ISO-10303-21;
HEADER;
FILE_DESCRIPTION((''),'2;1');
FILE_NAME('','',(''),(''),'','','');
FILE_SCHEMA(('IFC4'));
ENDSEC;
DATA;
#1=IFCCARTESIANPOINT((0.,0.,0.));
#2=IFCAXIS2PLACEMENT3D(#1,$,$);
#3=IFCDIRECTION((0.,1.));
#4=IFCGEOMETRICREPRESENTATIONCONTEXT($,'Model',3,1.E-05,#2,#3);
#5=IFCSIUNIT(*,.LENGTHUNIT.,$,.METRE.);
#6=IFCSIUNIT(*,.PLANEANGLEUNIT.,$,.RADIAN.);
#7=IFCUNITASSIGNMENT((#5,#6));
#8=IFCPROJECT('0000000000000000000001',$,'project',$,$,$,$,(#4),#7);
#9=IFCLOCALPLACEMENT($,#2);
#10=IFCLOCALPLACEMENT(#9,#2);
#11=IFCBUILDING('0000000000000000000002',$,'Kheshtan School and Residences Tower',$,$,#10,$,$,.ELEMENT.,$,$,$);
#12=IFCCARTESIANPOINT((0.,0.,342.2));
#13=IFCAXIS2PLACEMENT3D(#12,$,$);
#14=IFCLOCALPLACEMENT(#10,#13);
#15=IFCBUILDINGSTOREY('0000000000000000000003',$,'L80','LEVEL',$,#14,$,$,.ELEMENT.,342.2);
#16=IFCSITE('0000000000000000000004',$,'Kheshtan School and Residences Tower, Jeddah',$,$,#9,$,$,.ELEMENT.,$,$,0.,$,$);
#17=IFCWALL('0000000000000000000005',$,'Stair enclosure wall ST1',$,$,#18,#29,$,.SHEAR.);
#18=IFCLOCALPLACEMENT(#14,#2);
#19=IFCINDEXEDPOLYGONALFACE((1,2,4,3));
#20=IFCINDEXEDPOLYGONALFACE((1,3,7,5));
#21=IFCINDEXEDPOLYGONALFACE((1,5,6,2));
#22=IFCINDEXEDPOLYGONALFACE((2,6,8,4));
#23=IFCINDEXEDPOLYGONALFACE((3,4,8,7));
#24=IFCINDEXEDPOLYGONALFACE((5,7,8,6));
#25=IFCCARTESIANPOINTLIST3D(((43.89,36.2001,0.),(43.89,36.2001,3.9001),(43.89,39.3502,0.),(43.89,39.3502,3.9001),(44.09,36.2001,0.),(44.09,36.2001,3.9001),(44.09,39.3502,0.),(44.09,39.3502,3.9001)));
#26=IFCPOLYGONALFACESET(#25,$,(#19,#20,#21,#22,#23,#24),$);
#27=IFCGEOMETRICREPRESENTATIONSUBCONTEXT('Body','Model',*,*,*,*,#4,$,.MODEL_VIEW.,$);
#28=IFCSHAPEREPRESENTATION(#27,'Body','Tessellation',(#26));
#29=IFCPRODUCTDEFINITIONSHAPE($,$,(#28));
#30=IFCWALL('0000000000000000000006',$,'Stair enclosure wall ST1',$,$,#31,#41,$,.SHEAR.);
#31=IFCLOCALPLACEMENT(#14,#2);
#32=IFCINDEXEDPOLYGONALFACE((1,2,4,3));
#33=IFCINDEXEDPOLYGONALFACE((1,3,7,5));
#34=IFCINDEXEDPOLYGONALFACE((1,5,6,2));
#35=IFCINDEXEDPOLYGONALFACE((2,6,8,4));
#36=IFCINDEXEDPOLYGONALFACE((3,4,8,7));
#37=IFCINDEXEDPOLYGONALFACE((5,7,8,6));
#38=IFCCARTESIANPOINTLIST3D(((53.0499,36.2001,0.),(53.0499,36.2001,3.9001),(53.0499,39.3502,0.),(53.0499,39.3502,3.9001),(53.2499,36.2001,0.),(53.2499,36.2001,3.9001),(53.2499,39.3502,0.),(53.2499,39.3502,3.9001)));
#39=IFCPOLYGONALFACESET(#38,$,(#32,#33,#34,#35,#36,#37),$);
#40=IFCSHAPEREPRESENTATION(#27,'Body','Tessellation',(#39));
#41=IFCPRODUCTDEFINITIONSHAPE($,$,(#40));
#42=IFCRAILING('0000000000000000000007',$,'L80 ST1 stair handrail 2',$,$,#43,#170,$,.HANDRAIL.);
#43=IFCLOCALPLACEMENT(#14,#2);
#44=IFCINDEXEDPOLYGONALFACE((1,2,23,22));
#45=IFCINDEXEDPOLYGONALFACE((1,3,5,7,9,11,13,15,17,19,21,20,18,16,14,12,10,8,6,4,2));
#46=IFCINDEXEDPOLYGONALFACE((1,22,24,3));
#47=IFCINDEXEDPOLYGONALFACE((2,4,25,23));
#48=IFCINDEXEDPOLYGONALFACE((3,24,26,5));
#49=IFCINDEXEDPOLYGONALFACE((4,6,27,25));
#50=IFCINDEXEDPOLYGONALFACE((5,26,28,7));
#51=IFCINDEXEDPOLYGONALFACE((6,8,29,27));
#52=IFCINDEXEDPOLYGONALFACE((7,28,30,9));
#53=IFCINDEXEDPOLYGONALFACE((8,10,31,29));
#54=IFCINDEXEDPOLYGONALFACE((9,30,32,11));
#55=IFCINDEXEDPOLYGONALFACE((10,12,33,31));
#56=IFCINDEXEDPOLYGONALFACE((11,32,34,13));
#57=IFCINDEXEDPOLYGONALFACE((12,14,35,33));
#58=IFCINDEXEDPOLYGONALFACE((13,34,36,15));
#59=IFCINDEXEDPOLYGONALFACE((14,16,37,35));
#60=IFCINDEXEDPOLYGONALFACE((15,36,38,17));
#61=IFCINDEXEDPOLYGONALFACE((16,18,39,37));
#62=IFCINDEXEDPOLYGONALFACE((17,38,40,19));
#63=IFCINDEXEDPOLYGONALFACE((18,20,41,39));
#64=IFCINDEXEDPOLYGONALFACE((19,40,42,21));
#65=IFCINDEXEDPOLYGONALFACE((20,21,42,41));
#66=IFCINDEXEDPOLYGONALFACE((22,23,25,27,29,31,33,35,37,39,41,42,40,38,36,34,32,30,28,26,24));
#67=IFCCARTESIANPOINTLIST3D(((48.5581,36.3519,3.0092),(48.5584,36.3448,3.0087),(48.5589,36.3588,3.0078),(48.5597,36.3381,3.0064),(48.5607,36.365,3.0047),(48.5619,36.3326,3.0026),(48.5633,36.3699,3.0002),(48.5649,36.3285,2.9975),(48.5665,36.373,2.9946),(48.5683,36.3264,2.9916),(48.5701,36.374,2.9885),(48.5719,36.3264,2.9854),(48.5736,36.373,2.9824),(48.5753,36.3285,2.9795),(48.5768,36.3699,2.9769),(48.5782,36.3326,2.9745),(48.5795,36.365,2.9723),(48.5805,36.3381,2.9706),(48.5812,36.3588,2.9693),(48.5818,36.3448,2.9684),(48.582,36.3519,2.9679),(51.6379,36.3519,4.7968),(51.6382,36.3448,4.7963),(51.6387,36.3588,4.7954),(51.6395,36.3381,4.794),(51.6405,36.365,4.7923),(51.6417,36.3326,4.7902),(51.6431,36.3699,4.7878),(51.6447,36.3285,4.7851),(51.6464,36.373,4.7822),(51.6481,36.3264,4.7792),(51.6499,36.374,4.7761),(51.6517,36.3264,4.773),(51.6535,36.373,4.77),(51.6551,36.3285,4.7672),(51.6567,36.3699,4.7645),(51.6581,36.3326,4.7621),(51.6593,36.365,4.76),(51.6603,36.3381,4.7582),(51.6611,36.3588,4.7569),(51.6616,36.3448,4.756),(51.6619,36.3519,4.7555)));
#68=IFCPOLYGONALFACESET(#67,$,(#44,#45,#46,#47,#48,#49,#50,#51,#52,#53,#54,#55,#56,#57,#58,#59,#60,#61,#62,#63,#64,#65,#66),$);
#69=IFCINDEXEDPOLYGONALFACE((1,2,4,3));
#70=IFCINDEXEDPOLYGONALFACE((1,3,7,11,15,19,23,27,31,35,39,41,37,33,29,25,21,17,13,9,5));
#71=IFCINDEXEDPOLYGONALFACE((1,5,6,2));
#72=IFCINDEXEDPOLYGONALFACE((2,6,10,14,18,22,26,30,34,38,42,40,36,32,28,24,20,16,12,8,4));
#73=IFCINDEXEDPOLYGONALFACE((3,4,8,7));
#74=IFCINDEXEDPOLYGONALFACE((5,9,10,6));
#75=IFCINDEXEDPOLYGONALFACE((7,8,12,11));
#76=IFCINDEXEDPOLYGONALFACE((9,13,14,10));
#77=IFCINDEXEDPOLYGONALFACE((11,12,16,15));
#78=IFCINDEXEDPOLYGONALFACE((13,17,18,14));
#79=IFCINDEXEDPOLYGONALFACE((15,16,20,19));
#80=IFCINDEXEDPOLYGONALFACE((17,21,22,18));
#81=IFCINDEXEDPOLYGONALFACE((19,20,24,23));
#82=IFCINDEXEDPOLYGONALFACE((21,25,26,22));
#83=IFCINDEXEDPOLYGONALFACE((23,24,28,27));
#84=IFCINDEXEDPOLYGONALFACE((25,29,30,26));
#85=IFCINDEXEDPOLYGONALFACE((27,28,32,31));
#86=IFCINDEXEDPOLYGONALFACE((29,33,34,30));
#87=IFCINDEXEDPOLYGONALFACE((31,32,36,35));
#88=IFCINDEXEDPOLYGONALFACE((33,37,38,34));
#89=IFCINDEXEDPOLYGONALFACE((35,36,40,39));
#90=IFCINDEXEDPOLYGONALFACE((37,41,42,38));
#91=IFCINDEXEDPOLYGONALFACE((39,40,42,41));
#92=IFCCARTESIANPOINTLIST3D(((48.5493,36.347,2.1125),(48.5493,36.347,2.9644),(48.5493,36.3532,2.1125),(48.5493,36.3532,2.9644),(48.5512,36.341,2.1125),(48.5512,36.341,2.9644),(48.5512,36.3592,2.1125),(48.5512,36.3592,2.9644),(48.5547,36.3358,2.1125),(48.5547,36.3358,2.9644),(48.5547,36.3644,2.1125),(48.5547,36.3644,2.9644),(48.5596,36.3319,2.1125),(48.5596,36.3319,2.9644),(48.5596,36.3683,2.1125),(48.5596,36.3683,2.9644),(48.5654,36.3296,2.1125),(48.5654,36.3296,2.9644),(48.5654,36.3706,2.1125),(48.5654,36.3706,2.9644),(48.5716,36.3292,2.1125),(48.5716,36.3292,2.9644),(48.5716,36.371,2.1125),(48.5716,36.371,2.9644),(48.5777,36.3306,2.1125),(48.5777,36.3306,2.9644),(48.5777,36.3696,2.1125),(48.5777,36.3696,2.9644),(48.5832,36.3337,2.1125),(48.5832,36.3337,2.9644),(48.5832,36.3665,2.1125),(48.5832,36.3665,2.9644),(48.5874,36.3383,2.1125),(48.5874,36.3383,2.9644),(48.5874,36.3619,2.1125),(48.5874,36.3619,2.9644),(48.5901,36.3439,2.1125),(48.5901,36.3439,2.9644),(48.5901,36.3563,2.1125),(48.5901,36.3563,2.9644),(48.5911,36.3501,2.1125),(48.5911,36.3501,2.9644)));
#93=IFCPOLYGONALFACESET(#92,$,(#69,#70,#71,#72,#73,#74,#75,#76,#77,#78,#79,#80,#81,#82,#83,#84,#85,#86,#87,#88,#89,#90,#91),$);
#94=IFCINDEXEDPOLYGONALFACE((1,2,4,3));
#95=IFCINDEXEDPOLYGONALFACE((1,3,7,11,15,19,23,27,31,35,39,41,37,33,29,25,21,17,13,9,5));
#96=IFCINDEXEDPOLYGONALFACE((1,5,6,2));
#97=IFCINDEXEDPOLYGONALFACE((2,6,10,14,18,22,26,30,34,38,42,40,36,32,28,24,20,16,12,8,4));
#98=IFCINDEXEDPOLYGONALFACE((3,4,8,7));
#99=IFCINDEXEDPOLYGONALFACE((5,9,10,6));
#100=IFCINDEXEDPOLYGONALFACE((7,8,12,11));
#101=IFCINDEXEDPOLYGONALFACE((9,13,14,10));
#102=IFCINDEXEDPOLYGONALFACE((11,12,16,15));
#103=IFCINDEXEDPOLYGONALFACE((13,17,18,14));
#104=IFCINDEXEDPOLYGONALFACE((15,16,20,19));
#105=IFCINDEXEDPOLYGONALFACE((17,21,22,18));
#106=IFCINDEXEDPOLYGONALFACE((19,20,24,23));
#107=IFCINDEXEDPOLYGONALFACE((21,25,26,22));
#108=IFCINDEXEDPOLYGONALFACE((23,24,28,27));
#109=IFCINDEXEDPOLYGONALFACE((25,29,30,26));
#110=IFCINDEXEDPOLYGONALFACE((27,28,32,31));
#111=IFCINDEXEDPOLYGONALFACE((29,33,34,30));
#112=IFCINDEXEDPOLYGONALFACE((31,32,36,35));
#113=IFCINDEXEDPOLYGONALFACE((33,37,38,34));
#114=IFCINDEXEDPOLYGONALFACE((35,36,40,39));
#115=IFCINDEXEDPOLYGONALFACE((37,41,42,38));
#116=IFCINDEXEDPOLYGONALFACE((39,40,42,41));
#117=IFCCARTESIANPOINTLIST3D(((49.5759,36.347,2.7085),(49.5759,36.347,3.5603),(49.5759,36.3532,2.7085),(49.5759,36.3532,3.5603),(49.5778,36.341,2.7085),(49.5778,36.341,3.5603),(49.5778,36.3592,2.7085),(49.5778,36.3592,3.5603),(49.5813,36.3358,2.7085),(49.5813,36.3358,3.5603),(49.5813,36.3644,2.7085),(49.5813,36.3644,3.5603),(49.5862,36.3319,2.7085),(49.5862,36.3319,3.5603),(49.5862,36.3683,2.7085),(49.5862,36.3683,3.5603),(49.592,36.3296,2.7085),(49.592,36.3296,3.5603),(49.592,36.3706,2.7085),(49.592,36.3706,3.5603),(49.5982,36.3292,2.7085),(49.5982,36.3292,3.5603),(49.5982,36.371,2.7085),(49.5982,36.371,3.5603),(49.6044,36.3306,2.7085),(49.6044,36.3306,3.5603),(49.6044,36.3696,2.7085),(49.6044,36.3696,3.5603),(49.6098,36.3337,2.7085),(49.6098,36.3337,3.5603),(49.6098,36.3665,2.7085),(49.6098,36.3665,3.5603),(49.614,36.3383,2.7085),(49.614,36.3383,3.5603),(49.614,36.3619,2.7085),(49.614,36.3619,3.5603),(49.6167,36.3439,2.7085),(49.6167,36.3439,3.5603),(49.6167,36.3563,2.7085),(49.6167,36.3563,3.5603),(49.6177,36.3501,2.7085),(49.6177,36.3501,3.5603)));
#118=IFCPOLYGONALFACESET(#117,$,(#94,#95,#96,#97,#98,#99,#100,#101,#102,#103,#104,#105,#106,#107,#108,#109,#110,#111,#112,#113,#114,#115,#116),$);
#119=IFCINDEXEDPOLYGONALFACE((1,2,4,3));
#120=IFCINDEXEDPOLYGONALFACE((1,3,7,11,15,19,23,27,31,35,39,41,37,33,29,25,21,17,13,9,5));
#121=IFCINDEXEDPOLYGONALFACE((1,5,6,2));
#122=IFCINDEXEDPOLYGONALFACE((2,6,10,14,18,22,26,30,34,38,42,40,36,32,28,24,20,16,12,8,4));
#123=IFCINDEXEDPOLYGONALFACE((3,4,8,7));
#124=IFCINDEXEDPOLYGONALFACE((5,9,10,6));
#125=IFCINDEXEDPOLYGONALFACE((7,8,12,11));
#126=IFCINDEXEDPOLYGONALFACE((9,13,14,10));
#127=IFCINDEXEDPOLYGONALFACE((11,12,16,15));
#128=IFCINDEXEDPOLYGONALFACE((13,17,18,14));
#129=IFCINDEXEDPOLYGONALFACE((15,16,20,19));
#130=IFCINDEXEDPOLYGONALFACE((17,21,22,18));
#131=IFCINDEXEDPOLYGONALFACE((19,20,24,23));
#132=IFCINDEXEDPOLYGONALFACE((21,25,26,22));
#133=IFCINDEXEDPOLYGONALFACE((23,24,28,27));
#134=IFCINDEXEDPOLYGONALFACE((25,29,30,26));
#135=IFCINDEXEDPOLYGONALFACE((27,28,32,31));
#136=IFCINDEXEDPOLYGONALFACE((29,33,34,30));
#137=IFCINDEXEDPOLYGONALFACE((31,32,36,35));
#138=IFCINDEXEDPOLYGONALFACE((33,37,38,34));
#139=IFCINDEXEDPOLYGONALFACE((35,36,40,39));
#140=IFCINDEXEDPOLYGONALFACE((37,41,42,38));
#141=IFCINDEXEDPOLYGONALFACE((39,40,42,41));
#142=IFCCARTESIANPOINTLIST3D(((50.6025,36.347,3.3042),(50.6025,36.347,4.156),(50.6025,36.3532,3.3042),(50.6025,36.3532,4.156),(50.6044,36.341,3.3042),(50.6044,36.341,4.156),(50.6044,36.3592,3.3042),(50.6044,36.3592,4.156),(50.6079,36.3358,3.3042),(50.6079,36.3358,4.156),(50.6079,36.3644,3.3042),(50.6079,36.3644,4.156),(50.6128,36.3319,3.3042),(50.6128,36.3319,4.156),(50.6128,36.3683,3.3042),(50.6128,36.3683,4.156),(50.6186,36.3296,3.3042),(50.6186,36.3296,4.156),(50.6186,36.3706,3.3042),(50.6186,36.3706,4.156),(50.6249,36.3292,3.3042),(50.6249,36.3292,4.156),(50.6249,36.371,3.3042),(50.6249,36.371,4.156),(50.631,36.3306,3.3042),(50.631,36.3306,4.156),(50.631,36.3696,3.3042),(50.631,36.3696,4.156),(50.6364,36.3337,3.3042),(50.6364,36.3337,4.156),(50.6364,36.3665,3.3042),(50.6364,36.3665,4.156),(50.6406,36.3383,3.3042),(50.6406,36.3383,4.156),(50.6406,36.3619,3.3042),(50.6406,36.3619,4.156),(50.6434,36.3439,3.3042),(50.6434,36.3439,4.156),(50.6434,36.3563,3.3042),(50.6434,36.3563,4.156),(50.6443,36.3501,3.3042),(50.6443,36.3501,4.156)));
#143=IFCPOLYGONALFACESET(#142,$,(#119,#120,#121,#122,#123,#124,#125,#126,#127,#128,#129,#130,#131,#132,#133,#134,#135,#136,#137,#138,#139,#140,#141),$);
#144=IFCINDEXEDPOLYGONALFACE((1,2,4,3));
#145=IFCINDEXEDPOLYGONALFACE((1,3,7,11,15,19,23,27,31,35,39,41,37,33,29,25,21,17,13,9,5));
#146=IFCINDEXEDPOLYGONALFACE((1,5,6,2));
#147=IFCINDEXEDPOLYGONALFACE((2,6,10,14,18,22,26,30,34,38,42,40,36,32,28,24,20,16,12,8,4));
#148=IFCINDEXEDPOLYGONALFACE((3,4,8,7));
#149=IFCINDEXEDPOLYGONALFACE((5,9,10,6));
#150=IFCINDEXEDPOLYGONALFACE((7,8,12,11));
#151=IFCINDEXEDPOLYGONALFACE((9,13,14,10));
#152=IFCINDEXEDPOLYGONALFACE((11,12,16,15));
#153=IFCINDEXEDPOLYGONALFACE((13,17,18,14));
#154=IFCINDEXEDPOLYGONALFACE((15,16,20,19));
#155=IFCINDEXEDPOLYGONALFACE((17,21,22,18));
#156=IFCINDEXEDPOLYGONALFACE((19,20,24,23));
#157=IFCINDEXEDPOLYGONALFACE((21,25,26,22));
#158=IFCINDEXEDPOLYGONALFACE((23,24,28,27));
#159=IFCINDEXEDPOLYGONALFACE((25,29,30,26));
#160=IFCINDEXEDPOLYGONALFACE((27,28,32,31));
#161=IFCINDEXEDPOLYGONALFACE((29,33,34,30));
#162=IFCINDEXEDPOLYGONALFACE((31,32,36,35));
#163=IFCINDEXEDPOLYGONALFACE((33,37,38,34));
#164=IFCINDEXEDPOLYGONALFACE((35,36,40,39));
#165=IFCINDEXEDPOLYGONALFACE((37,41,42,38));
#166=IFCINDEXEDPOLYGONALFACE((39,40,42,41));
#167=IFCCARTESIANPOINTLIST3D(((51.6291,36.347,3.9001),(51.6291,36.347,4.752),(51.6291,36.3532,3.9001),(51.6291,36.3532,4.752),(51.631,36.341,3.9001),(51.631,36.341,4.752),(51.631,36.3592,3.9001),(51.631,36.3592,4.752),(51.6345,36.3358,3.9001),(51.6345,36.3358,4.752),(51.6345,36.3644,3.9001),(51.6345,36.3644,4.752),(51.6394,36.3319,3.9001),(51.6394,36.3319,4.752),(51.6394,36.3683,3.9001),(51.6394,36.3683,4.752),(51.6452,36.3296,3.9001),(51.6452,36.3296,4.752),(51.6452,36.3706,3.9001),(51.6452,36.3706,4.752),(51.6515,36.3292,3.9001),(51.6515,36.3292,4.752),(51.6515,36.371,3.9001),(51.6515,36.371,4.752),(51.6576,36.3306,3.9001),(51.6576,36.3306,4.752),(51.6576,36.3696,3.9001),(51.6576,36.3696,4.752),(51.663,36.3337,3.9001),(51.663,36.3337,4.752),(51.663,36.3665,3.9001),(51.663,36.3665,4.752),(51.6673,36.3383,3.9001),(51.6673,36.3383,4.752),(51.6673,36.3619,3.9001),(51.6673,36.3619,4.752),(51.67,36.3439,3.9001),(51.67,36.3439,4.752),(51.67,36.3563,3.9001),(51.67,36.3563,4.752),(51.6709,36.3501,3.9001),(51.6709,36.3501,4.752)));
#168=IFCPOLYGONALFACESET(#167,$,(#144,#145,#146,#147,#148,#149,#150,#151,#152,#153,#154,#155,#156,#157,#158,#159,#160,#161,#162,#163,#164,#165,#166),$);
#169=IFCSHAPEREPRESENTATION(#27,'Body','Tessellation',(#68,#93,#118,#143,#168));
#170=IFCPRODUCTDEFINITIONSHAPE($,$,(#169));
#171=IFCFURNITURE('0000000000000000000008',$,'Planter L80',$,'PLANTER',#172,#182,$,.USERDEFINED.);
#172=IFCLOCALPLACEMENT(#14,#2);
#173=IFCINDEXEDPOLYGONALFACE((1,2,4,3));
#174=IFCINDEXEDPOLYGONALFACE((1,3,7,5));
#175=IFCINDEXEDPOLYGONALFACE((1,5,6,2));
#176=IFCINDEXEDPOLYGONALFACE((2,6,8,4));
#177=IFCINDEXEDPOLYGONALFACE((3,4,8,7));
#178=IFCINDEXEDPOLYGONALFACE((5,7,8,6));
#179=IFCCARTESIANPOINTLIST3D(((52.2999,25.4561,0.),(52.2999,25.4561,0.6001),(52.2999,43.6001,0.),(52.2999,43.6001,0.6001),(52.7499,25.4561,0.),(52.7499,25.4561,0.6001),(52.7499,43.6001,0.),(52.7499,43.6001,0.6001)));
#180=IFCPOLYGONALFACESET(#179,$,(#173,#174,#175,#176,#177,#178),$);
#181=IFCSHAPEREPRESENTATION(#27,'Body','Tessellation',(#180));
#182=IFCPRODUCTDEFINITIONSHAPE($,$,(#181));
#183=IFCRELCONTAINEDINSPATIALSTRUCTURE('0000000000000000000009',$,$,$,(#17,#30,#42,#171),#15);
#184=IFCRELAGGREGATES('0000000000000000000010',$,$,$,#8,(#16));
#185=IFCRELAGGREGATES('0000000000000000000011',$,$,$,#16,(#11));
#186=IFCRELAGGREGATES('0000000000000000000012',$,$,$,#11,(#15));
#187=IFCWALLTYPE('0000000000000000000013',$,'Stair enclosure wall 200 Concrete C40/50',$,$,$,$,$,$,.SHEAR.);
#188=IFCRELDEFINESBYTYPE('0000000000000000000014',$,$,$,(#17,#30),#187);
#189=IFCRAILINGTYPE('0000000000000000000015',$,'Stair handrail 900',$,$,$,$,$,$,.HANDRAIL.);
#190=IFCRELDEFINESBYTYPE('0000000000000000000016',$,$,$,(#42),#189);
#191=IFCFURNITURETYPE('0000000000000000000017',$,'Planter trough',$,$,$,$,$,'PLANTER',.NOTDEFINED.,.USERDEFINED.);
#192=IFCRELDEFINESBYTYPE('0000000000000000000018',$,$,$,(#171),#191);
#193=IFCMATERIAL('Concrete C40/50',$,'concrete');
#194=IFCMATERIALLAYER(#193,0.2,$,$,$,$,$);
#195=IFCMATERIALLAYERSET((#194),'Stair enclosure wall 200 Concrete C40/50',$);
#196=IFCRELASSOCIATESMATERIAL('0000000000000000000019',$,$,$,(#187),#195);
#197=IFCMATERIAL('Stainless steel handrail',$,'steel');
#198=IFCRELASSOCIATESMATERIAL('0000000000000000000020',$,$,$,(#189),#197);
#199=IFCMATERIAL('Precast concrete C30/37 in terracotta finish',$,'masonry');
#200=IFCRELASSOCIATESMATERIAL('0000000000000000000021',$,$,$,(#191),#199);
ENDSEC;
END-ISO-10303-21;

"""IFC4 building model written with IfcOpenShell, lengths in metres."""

from ifc_helpers import new_model, si_unit, direction, frame, frame_2d, origin, origin_2d, place, context, subcontext, project, spatial, rectangle, circle, extrude, material, layer, layer_set, type_object, element, save


model = new_model("IFC4")

# Units and contexts
model_context = context("Model", 3, precision=1e-05, world=origin(), true_north=direction((0.0, 1.0)))
body_context = subcontext(model_context, "Body", "Model", "MODEL_VIEW")
ifc_project = project(units=[si_unit("LENGTHUNIT", "METRE"), si_unit("PLANEANGLEUNIT", "RADIAN")], contexts=[model_context])

# Site, building, storey
site_placement = place(None, origin())
site = spatial("IfcSite", under=ifc_project, at=site_placement, Name="Kheshtan School and Residences Tower, Jeddah", CompositionType="ELEMENT", RefElevation=0.0)
building_placement = place(site_placement, origin())
building = spatial("IfcBuilding", under=site, at=building_placement, Name="Kheshtan School and Residences Tower", CompositionType="ELEMENT")
storey_placement = place(building_placement, frame((0.0, 0.0, 342.2)))
storey = spatial("IfcBuildingStorey", under=building, at=storey_placement, Name="L80", Description="LEVEL", CompositionType="ELEMENT", Elevation=342.2)

# Walls
ifc_material_1 = material(Name="Concrete C40/50", Category="concrete")
ifc_layer_1 = layer(ifc_material_1, 0.2)
ifc_layer_set_1 = layer_set([ifc_layer_1], Name="Stair enclosure wall 200 Concrete C40/50")
wall_type_1 = type_object("IfcWallType", Name="Stair enclosure wall 200 Concrete C40/50", PredefinedType="SHEAR", material=ifc_layer_set_1)
for number, where, z_axis, x_axis, name in (
    (1, (43.99, 36.2, 0.0), (0.0, 0.0, 1.0), (0.0, 1.0, 0.0), "Stair enclosure wall ST1"),
    (2, (53.1499, 36.2, 0.0), (0.0, 0.0, 1.0), (0.0, 1.0, 0.0), "Stair enclosure wall ST1"),
):
    element("IfcWall", number, at=place(storey_placement, frame(where, z_axis=z_axis, x_axis=x_axis)), inside=storey, type_object=wall_type_1, Name=name, PredefinedType="SHEAR", context=body_context, shape_type="SweptSolid", body=[
        extrude(rectangle(XDim=3.1501, YDim=0.2, at=frame_2d((1.5752, 0.0))), origin(), (0.0, 0.0, 1.0), 3.9001),
    ])

# Railing
ifc_material_2 = material(Name="Stainless steel handrail", Category="steel")
railing_type = type_object("IfcRailingType", Name="Stair handrail 900", PredefinedType="HANDRAIL", material=ifc_material_2)
railing_placement = place(storey_placement, frame((48.5701, 36.3501, 2.1125)))
element("IfcRailing", 3, at=railing_placement, inside=storey, type_object=railing_type, Name="L80 ST1 stair handrail 2", PredefinedType="HANDRAIL", context=body_context, shape_type="SweptSolid", body=[
    extrude(circle(Radius=0.0239, at=origin_2d()), frame((0.0, 0.0, 0.876), z_axis=(0.864873, 0.0, 0.50199), x_axis=(0.0, 1.0, 0.0)), (0.0, 0.0, 1.0), 3.561),
    extrude(circle(Radius=0.021, at=origin_2d()), origin(), (0.0, 0.0, 1.0), 0.8518),
    extrude(circle(Radius=0.021, at=origin_2d()), frame((1.0266, 0.0, 0.5959)), (0.0, 0.0, 1.0), 0.8518),
    extrude(circle(Radius=0.021, at=origin_2d()), frame((2.0532, 0.0, 1.1917)), (0.0, 0.0, 1.0), 0.8518),
    extrude(circle(Radius=0.021, at=origin_2d()), frame((3.0798, 0.0, 1.7876)), (0.0, 0.0, 1.0), 0.8518),
])

# Furniture
ifc_material_3 = material(Name="Precast concrete C30/37 in terracotta finish", Category="masonry")
furniture_type = type_object("IfcFurnitureType", Name="Planter trough", ElementType="PLANTER", AssemblyPlace="NOTDEFINED", PredefinedType="USERDEFINED", material=ifc_material_3)
furniture_placement = place(storey_placement, frame((52.5249, 34.5281, 0.0), z_axis=(0.0, 0.0, 1.0), x_axis=(0.0, -1.0, 0.0)))
element("IfcFurniture", 4, at=furniture_placement, inside=storey, type_object=furniture_type, Name="Planter L80", ObjectType="PLANTER", PredefinedType="USERDEFINED", context=body_context, shape_type="SweptSolid", body=[
    extrude(rectangle(XDim=18.144, YDim=0.45, at=origin_2d()), origin(), (0.0, 0.0, 1.0), 0.6001),
])

save(model, "model.ifc")
